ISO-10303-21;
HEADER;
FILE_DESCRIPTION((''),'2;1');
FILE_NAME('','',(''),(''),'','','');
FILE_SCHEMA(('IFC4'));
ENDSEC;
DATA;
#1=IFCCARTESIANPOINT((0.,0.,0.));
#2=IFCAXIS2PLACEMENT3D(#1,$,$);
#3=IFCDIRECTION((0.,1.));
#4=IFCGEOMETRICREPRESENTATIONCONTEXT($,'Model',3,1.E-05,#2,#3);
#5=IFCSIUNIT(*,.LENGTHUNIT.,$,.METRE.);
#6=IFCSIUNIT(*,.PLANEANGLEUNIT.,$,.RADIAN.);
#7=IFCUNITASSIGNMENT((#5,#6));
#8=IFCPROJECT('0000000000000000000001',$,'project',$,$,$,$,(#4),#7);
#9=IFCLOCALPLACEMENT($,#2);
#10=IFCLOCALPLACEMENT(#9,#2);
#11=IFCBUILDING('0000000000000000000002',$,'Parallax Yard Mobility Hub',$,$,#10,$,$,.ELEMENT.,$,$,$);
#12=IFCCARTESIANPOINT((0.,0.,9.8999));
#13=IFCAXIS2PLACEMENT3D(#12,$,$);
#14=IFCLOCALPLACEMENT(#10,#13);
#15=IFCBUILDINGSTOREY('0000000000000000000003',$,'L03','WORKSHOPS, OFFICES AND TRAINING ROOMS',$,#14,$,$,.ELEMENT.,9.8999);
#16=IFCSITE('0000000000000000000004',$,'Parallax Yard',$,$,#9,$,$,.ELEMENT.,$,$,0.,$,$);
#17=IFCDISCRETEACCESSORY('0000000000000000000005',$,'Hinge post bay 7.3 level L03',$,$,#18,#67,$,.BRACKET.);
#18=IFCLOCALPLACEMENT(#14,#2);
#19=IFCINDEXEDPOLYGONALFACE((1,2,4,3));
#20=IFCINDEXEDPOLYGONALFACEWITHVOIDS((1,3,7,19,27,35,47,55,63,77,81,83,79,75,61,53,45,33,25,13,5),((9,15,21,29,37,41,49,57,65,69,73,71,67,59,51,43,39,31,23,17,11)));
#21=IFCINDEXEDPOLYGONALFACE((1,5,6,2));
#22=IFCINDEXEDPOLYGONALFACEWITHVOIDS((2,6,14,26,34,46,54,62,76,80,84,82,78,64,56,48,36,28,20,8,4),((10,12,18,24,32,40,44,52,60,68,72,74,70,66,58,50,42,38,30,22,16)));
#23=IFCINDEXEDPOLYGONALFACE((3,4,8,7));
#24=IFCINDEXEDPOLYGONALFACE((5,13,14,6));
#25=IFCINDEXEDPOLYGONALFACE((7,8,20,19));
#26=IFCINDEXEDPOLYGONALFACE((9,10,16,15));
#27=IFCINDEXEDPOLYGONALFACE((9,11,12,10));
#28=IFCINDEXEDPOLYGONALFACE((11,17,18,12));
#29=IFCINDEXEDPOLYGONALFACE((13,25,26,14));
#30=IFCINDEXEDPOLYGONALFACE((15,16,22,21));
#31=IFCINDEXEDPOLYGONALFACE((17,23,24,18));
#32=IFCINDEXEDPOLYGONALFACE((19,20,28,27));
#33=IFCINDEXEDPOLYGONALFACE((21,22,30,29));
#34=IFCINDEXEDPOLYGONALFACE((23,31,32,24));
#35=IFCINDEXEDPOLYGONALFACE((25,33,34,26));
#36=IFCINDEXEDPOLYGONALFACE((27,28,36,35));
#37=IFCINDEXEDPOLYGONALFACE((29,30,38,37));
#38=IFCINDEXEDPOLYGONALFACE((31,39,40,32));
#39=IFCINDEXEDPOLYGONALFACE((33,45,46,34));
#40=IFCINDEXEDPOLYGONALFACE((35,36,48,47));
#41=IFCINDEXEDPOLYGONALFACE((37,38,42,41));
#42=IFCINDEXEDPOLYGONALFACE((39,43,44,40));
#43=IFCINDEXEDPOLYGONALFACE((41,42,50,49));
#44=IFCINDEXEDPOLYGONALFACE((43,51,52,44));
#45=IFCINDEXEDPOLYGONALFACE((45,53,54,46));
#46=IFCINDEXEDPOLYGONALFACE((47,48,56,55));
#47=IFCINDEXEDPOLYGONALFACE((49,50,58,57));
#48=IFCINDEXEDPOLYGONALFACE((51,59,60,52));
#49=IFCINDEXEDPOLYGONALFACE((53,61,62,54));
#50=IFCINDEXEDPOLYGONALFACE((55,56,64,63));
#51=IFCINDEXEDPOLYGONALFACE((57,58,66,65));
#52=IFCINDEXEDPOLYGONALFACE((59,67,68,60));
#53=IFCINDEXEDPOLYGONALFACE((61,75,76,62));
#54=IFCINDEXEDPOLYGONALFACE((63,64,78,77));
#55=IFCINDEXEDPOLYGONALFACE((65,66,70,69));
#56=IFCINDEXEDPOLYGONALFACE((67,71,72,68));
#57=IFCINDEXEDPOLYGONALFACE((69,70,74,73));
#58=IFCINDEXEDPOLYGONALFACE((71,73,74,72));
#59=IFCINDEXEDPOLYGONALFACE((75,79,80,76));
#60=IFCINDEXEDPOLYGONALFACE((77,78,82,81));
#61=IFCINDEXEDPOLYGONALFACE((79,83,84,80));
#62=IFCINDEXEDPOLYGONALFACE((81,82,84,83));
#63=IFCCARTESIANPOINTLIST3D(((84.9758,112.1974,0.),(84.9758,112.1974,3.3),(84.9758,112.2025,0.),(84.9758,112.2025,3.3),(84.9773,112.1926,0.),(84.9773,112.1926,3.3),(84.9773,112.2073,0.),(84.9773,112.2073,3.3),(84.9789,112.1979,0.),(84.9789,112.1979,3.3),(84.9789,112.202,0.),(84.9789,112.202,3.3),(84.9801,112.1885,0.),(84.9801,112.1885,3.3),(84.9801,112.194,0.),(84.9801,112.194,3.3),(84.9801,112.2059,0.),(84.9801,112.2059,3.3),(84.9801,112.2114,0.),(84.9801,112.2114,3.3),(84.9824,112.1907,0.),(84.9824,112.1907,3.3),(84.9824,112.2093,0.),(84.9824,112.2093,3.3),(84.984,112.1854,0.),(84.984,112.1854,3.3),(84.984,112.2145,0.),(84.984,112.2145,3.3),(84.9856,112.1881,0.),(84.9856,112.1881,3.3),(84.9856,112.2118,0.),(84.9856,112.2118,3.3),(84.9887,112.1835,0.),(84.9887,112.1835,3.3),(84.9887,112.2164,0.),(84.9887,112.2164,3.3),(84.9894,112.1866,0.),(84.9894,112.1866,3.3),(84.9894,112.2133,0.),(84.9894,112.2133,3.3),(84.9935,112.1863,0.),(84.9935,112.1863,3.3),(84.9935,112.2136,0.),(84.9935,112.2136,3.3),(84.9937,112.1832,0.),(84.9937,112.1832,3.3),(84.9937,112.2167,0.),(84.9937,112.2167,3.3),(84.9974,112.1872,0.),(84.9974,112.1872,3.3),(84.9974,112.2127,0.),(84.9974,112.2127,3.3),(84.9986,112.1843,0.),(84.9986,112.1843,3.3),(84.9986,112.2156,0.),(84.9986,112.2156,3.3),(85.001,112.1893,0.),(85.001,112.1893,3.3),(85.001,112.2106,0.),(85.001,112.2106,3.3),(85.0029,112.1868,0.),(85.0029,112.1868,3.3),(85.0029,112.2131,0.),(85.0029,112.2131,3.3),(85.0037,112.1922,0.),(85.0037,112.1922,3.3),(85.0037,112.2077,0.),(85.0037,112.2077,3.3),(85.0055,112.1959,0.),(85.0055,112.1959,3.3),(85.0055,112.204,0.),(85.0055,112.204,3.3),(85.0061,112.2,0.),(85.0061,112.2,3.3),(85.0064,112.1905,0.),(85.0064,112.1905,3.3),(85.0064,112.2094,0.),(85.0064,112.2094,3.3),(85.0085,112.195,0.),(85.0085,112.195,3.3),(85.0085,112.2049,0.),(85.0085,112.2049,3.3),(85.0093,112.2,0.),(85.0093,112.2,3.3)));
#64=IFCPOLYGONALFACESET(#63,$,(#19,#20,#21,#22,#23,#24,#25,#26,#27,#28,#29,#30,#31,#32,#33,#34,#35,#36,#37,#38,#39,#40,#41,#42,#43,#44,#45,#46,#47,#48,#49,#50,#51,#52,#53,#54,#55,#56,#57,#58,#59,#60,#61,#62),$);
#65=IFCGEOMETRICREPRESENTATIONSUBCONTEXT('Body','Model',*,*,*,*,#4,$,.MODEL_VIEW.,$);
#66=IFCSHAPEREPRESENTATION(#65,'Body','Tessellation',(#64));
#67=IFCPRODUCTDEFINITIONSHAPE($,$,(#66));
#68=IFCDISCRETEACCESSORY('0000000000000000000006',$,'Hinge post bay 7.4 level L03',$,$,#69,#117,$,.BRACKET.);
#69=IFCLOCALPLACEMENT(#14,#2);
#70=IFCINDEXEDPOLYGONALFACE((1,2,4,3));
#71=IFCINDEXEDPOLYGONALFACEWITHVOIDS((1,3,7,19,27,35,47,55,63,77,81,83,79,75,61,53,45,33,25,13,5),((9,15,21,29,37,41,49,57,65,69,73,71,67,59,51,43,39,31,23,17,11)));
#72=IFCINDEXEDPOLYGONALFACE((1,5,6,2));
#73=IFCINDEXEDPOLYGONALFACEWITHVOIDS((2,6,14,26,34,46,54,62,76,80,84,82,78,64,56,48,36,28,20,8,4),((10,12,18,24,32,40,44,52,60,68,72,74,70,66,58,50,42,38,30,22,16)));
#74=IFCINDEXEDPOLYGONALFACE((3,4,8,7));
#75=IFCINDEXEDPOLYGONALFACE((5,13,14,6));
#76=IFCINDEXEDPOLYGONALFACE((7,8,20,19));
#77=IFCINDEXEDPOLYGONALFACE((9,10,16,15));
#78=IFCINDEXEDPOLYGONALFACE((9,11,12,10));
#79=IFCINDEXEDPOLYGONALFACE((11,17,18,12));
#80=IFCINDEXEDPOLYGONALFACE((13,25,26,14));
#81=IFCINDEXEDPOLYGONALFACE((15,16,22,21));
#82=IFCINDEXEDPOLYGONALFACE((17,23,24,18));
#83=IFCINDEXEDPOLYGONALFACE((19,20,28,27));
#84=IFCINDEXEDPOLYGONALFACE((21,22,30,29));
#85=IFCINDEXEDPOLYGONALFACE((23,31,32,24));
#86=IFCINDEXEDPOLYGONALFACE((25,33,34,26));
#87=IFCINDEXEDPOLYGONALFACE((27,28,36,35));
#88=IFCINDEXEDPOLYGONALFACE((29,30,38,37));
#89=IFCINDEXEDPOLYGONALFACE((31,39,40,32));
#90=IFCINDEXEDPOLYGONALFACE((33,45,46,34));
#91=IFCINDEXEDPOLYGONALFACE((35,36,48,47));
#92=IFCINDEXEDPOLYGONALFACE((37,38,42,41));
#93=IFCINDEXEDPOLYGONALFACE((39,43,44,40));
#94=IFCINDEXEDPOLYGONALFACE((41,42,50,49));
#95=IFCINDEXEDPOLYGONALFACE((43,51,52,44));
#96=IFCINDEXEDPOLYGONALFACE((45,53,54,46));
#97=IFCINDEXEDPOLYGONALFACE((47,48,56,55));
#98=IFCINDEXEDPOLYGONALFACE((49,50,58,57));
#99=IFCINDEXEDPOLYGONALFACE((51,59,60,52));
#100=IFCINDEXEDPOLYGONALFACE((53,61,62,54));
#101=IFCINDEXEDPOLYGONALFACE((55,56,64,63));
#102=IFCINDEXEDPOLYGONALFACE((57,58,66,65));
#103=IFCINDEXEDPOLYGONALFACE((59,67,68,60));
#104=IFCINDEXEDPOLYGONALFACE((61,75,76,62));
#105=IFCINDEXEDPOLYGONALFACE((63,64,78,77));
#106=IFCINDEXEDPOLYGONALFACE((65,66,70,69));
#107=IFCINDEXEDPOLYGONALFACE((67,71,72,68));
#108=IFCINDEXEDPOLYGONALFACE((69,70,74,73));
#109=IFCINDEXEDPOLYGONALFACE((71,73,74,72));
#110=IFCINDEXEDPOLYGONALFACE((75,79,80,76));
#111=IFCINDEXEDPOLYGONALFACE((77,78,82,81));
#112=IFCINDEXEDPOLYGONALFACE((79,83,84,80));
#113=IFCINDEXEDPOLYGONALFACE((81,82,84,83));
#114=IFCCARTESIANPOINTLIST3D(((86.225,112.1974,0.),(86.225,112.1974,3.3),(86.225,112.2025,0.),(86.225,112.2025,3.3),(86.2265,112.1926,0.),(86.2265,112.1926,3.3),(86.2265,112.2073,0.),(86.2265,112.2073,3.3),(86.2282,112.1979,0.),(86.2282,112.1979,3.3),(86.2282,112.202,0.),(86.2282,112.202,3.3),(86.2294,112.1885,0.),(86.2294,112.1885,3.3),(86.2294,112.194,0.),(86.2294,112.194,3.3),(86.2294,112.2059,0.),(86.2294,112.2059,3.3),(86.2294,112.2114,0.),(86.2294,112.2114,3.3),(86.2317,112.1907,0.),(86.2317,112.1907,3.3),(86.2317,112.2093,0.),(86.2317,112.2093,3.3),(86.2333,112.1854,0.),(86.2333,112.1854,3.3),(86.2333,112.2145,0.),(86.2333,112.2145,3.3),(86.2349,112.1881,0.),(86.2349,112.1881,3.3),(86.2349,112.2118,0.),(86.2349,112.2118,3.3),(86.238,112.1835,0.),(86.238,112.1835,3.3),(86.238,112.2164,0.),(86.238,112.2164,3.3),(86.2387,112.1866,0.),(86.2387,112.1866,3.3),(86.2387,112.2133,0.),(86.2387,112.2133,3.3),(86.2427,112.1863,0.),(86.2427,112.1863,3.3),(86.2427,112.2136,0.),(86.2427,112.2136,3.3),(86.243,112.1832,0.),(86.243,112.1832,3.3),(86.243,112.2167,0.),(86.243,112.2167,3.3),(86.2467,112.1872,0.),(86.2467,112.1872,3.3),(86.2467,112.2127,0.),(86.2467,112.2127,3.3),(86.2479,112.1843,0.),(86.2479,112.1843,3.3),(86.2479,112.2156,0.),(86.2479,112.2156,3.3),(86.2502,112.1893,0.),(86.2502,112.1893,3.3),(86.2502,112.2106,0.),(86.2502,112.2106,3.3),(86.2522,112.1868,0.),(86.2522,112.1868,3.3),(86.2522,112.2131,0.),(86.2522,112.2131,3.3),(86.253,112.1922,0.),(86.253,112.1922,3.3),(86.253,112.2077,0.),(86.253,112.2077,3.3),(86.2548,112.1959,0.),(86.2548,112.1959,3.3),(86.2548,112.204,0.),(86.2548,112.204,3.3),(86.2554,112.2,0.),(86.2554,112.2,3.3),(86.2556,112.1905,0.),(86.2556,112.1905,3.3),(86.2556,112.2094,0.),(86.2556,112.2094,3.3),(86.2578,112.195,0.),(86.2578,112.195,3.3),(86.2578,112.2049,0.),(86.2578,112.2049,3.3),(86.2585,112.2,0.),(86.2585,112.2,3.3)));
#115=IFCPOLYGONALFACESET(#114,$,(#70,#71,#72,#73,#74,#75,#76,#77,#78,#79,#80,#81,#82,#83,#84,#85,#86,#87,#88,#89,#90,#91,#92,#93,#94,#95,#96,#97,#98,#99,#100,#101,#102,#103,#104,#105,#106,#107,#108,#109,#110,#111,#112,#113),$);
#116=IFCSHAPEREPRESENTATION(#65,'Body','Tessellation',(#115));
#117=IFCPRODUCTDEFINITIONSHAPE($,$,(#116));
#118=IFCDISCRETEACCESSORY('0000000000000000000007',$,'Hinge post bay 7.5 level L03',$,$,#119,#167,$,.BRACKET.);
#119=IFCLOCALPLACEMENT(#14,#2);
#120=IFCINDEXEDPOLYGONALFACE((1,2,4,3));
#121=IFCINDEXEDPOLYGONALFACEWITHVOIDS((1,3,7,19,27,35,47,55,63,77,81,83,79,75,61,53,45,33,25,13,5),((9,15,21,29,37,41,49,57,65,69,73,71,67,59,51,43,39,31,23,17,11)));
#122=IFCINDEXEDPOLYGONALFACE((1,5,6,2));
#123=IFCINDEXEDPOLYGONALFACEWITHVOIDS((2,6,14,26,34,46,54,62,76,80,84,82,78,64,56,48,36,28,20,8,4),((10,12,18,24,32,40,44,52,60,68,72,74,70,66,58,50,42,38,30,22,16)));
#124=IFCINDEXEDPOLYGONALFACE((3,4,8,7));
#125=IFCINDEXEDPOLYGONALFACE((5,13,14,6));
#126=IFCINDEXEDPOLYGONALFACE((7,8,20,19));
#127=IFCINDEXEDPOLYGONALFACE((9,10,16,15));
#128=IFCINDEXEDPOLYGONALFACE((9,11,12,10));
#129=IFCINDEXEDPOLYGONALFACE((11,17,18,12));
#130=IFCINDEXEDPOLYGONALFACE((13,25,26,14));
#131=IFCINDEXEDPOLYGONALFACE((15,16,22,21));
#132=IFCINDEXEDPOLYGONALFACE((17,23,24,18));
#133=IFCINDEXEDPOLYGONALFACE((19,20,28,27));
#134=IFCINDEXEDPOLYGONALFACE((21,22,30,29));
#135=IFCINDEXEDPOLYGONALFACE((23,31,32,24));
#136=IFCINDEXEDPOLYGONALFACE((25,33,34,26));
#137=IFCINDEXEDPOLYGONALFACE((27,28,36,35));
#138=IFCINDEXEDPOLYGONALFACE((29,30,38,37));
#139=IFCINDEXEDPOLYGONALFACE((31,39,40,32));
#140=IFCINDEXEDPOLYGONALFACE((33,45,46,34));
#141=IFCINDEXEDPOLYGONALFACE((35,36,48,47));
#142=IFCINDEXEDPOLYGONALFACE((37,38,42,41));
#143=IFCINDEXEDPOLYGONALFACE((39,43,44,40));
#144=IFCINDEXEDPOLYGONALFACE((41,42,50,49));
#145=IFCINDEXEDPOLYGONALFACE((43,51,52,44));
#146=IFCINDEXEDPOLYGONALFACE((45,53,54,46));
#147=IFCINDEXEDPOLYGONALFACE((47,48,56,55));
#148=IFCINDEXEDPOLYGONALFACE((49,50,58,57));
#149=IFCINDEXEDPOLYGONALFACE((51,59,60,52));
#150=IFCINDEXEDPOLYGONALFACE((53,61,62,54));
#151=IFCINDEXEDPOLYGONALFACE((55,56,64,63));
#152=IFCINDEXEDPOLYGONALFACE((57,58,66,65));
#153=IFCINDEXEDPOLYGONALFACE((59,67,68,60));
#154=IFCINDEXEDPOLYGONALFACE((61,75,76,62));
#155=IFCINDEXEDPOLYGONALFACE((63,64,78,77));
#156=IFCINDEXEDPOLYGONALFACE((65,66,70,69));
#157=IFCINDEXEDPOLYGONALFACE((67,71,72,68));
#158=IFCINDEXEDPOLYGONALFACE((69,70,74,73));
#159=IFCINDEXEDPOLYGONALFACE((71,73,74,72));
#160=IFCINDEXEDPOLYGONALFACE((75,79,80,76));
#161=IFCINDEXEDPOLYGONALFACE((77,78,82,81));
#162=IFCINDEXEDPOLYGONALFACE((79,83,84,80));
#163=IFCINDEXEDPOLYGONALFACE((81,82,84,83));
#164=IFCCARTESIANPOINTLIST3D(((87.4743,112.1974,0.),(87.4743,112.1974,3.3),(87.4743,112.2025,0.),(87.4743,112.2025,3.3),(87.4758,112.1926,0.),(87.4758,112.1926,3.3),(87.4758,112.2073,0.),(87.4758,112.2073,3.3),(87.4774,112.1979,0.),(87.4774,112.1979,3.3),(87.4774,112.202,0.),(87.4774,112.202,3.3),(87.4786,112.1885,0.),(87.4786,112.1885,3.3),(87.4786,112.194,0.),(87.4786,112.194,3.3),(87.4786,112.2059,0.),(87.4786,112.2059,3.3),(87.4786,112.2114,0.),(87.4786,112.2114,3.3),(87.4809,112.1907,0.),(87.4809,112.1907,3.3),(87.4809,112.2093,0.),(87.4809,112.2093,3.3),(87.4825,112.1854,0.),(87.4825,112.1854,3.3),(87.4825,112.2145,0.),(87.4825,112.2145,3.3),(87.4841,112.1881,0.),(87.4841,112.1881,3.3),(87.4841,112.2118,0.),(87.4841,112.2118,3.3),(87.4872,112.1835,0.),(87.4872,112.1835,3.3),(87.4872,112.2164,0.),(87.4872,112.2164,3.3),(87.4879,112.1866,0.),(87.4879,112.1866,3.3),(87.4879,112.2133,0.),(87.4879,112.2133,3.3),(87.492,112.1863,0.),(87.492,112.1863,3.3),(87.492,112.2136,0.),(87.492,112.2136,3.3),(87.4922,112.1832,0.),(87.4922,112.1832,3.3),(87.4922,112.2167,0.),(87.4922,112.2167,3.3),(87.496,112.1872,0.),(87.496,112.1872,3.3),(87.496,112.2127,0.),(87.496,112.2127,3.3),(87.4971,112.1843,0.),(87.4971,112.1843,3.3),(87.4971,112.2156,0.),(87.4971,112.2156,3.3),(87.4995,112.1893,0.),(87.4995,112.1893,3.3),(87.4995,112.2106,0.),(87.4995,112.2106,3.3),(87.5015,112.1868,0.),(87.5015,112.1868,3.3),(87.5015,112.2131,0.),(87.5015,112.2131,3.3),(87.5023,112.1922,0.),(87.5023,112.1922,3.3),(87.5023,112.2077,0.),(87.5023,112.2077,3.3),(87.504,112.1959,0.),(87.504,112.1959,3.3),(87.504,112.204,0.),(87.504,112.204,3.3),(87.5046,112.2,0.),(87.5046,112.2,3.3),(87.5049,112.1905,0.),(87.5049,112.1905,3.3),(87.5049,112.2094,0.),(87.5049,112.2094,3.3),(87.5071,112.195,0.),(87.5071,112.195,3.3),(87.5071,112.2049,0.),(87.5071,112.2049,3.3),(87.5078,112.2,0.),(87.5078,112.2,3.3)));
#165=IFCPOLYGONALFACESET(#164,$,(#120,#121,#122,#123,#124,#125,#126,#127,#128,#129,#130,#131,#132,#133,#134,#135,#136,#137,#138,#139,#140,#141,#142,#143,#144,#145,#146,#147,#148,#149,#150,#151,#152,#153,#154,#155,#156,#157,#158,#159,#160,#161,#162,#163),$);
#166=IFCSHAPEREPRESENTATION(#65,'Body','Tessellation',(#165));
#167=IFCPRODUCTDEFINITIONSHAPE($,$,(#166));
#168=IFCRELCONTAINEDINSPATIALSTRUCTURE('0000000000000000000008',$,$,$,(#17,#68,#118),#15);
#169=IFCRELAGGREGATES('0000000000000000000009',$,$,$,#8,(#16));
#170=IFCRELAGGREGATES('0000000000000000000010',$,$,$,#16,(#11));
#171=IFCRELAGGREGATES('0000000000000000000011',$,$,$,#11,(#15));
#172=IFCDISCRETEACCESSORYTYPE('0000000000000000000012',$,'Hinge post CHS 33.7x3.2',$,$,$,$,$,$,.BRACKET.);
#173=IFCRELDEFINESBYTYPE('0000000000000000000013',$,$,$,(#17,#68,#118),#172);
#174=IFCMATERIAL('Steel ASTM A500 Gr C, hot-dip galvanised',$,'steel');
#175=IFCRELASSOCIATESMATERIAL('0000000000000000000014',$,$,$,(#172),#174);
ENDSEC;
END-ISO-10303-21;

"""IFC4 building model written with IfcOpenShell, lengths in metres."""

from ifc_helpers import new_model, si_unit, direction, frame, origin, origin_2d, place, context, subcontext, project, spatial, hollow_circle, extrude, material, material_profile, profile_set, type_object, element, save


model = new_model("IFC4")

# Units and contexts
model_context = context("Model", 3, precision=1e-05, world=origin(), true_north=direction((0.0, 1.0)))
body_context = subcontext(model_context, "Body", "Model", "MODEL_VIEW")
ifc_project = project(units=[si_unit("LENGTHUNIT", "METRE"), si_unit("PLANEANGLEUNIT", "RADIAN")], contexts=[model_context])

# Site, building, storey
site_placement = place(None, origin())
site = spatial("IfcSite", under=ifc_project, at=site_placement, Name="Parallax Yard", CompositionType="ELEMENT", RefElevation=0.0)
building_placement = place(site_placement, origin())
building = spatial("IfcBuilding", under=site, at=building_placement, Name="Parallax Yard Mobility Hub", CompositionType="ELEMENT")
storey_placement = place(building_placement, frame((0.0, 0.0, 9.8999)))
storey = spatial("IfcBuildingStorey", under=building, at=storey_placement, Name="L03", Description="WORKSHOPS, OFFICES AND TRAINING ROOMS", CompositionType="ELEMENT", Elevation=9.8999)

# Discrete accessories
ifc_material_1 = material(Name="Steel ASTM A500 Gr C, hot-dip galvanised", Category="steel")
ifc_material_profile_1 = material_profile(ifc_material_1, hollow_circle(Radius=0.0168, WallThickness=0.0032, at=origin_2d()), Name="CHS 33.7x3.2")
ifc_profile_set_1 = profile_set([ifc_material_profile_1], Name="Steel ASTM A500 Gr C, hot-dip galvanised")
discrete_accessory_type_1 = type_object("IfcDiscreteAccessoryType", Name="Hinge post CHS 33.7x3.2", PredefinedType="BRACKET", material=ifc_profile_set_1)
for number, where, z_axis, x_axis, name in (
    (1, (84.9924, 112.2, 0.0), (0.0, 0.0, 1.0), (1.0, 0.0, 0.0), "Hinge post bay 7.3 level L03"),
    (2, (86.2417, 112.2, 0.0), (0.0, 0.0, 1.0), (1.0, 0.0, 0.0), "Hinge post bay 7.4 level L03"),
    (3, (87.491, 112.2, 0.0), (0.0, 0.0, 1.0), (1.0, 0.0, 0.0), "Hinge post bay 7.5 level L03"),
):
    element("IfcDiscreteAccessory", number, at=place(storey_placement, frame(where, z_axis=z_axis, x_axis=x_axis)), inside=storey, type_object=discrete_accessory_type_1, Name=name, PredefinedType="BRACKET", context=body_context, shape_type="SweptSolid", body=[
        extrude(hollow_circle(Radius=0.0168, WallThickness=0.0032, at=origin_2d()), origin(), (0.0, 0.0, 1.0), 3.3),
    ])

save(model, "model.ifc")
